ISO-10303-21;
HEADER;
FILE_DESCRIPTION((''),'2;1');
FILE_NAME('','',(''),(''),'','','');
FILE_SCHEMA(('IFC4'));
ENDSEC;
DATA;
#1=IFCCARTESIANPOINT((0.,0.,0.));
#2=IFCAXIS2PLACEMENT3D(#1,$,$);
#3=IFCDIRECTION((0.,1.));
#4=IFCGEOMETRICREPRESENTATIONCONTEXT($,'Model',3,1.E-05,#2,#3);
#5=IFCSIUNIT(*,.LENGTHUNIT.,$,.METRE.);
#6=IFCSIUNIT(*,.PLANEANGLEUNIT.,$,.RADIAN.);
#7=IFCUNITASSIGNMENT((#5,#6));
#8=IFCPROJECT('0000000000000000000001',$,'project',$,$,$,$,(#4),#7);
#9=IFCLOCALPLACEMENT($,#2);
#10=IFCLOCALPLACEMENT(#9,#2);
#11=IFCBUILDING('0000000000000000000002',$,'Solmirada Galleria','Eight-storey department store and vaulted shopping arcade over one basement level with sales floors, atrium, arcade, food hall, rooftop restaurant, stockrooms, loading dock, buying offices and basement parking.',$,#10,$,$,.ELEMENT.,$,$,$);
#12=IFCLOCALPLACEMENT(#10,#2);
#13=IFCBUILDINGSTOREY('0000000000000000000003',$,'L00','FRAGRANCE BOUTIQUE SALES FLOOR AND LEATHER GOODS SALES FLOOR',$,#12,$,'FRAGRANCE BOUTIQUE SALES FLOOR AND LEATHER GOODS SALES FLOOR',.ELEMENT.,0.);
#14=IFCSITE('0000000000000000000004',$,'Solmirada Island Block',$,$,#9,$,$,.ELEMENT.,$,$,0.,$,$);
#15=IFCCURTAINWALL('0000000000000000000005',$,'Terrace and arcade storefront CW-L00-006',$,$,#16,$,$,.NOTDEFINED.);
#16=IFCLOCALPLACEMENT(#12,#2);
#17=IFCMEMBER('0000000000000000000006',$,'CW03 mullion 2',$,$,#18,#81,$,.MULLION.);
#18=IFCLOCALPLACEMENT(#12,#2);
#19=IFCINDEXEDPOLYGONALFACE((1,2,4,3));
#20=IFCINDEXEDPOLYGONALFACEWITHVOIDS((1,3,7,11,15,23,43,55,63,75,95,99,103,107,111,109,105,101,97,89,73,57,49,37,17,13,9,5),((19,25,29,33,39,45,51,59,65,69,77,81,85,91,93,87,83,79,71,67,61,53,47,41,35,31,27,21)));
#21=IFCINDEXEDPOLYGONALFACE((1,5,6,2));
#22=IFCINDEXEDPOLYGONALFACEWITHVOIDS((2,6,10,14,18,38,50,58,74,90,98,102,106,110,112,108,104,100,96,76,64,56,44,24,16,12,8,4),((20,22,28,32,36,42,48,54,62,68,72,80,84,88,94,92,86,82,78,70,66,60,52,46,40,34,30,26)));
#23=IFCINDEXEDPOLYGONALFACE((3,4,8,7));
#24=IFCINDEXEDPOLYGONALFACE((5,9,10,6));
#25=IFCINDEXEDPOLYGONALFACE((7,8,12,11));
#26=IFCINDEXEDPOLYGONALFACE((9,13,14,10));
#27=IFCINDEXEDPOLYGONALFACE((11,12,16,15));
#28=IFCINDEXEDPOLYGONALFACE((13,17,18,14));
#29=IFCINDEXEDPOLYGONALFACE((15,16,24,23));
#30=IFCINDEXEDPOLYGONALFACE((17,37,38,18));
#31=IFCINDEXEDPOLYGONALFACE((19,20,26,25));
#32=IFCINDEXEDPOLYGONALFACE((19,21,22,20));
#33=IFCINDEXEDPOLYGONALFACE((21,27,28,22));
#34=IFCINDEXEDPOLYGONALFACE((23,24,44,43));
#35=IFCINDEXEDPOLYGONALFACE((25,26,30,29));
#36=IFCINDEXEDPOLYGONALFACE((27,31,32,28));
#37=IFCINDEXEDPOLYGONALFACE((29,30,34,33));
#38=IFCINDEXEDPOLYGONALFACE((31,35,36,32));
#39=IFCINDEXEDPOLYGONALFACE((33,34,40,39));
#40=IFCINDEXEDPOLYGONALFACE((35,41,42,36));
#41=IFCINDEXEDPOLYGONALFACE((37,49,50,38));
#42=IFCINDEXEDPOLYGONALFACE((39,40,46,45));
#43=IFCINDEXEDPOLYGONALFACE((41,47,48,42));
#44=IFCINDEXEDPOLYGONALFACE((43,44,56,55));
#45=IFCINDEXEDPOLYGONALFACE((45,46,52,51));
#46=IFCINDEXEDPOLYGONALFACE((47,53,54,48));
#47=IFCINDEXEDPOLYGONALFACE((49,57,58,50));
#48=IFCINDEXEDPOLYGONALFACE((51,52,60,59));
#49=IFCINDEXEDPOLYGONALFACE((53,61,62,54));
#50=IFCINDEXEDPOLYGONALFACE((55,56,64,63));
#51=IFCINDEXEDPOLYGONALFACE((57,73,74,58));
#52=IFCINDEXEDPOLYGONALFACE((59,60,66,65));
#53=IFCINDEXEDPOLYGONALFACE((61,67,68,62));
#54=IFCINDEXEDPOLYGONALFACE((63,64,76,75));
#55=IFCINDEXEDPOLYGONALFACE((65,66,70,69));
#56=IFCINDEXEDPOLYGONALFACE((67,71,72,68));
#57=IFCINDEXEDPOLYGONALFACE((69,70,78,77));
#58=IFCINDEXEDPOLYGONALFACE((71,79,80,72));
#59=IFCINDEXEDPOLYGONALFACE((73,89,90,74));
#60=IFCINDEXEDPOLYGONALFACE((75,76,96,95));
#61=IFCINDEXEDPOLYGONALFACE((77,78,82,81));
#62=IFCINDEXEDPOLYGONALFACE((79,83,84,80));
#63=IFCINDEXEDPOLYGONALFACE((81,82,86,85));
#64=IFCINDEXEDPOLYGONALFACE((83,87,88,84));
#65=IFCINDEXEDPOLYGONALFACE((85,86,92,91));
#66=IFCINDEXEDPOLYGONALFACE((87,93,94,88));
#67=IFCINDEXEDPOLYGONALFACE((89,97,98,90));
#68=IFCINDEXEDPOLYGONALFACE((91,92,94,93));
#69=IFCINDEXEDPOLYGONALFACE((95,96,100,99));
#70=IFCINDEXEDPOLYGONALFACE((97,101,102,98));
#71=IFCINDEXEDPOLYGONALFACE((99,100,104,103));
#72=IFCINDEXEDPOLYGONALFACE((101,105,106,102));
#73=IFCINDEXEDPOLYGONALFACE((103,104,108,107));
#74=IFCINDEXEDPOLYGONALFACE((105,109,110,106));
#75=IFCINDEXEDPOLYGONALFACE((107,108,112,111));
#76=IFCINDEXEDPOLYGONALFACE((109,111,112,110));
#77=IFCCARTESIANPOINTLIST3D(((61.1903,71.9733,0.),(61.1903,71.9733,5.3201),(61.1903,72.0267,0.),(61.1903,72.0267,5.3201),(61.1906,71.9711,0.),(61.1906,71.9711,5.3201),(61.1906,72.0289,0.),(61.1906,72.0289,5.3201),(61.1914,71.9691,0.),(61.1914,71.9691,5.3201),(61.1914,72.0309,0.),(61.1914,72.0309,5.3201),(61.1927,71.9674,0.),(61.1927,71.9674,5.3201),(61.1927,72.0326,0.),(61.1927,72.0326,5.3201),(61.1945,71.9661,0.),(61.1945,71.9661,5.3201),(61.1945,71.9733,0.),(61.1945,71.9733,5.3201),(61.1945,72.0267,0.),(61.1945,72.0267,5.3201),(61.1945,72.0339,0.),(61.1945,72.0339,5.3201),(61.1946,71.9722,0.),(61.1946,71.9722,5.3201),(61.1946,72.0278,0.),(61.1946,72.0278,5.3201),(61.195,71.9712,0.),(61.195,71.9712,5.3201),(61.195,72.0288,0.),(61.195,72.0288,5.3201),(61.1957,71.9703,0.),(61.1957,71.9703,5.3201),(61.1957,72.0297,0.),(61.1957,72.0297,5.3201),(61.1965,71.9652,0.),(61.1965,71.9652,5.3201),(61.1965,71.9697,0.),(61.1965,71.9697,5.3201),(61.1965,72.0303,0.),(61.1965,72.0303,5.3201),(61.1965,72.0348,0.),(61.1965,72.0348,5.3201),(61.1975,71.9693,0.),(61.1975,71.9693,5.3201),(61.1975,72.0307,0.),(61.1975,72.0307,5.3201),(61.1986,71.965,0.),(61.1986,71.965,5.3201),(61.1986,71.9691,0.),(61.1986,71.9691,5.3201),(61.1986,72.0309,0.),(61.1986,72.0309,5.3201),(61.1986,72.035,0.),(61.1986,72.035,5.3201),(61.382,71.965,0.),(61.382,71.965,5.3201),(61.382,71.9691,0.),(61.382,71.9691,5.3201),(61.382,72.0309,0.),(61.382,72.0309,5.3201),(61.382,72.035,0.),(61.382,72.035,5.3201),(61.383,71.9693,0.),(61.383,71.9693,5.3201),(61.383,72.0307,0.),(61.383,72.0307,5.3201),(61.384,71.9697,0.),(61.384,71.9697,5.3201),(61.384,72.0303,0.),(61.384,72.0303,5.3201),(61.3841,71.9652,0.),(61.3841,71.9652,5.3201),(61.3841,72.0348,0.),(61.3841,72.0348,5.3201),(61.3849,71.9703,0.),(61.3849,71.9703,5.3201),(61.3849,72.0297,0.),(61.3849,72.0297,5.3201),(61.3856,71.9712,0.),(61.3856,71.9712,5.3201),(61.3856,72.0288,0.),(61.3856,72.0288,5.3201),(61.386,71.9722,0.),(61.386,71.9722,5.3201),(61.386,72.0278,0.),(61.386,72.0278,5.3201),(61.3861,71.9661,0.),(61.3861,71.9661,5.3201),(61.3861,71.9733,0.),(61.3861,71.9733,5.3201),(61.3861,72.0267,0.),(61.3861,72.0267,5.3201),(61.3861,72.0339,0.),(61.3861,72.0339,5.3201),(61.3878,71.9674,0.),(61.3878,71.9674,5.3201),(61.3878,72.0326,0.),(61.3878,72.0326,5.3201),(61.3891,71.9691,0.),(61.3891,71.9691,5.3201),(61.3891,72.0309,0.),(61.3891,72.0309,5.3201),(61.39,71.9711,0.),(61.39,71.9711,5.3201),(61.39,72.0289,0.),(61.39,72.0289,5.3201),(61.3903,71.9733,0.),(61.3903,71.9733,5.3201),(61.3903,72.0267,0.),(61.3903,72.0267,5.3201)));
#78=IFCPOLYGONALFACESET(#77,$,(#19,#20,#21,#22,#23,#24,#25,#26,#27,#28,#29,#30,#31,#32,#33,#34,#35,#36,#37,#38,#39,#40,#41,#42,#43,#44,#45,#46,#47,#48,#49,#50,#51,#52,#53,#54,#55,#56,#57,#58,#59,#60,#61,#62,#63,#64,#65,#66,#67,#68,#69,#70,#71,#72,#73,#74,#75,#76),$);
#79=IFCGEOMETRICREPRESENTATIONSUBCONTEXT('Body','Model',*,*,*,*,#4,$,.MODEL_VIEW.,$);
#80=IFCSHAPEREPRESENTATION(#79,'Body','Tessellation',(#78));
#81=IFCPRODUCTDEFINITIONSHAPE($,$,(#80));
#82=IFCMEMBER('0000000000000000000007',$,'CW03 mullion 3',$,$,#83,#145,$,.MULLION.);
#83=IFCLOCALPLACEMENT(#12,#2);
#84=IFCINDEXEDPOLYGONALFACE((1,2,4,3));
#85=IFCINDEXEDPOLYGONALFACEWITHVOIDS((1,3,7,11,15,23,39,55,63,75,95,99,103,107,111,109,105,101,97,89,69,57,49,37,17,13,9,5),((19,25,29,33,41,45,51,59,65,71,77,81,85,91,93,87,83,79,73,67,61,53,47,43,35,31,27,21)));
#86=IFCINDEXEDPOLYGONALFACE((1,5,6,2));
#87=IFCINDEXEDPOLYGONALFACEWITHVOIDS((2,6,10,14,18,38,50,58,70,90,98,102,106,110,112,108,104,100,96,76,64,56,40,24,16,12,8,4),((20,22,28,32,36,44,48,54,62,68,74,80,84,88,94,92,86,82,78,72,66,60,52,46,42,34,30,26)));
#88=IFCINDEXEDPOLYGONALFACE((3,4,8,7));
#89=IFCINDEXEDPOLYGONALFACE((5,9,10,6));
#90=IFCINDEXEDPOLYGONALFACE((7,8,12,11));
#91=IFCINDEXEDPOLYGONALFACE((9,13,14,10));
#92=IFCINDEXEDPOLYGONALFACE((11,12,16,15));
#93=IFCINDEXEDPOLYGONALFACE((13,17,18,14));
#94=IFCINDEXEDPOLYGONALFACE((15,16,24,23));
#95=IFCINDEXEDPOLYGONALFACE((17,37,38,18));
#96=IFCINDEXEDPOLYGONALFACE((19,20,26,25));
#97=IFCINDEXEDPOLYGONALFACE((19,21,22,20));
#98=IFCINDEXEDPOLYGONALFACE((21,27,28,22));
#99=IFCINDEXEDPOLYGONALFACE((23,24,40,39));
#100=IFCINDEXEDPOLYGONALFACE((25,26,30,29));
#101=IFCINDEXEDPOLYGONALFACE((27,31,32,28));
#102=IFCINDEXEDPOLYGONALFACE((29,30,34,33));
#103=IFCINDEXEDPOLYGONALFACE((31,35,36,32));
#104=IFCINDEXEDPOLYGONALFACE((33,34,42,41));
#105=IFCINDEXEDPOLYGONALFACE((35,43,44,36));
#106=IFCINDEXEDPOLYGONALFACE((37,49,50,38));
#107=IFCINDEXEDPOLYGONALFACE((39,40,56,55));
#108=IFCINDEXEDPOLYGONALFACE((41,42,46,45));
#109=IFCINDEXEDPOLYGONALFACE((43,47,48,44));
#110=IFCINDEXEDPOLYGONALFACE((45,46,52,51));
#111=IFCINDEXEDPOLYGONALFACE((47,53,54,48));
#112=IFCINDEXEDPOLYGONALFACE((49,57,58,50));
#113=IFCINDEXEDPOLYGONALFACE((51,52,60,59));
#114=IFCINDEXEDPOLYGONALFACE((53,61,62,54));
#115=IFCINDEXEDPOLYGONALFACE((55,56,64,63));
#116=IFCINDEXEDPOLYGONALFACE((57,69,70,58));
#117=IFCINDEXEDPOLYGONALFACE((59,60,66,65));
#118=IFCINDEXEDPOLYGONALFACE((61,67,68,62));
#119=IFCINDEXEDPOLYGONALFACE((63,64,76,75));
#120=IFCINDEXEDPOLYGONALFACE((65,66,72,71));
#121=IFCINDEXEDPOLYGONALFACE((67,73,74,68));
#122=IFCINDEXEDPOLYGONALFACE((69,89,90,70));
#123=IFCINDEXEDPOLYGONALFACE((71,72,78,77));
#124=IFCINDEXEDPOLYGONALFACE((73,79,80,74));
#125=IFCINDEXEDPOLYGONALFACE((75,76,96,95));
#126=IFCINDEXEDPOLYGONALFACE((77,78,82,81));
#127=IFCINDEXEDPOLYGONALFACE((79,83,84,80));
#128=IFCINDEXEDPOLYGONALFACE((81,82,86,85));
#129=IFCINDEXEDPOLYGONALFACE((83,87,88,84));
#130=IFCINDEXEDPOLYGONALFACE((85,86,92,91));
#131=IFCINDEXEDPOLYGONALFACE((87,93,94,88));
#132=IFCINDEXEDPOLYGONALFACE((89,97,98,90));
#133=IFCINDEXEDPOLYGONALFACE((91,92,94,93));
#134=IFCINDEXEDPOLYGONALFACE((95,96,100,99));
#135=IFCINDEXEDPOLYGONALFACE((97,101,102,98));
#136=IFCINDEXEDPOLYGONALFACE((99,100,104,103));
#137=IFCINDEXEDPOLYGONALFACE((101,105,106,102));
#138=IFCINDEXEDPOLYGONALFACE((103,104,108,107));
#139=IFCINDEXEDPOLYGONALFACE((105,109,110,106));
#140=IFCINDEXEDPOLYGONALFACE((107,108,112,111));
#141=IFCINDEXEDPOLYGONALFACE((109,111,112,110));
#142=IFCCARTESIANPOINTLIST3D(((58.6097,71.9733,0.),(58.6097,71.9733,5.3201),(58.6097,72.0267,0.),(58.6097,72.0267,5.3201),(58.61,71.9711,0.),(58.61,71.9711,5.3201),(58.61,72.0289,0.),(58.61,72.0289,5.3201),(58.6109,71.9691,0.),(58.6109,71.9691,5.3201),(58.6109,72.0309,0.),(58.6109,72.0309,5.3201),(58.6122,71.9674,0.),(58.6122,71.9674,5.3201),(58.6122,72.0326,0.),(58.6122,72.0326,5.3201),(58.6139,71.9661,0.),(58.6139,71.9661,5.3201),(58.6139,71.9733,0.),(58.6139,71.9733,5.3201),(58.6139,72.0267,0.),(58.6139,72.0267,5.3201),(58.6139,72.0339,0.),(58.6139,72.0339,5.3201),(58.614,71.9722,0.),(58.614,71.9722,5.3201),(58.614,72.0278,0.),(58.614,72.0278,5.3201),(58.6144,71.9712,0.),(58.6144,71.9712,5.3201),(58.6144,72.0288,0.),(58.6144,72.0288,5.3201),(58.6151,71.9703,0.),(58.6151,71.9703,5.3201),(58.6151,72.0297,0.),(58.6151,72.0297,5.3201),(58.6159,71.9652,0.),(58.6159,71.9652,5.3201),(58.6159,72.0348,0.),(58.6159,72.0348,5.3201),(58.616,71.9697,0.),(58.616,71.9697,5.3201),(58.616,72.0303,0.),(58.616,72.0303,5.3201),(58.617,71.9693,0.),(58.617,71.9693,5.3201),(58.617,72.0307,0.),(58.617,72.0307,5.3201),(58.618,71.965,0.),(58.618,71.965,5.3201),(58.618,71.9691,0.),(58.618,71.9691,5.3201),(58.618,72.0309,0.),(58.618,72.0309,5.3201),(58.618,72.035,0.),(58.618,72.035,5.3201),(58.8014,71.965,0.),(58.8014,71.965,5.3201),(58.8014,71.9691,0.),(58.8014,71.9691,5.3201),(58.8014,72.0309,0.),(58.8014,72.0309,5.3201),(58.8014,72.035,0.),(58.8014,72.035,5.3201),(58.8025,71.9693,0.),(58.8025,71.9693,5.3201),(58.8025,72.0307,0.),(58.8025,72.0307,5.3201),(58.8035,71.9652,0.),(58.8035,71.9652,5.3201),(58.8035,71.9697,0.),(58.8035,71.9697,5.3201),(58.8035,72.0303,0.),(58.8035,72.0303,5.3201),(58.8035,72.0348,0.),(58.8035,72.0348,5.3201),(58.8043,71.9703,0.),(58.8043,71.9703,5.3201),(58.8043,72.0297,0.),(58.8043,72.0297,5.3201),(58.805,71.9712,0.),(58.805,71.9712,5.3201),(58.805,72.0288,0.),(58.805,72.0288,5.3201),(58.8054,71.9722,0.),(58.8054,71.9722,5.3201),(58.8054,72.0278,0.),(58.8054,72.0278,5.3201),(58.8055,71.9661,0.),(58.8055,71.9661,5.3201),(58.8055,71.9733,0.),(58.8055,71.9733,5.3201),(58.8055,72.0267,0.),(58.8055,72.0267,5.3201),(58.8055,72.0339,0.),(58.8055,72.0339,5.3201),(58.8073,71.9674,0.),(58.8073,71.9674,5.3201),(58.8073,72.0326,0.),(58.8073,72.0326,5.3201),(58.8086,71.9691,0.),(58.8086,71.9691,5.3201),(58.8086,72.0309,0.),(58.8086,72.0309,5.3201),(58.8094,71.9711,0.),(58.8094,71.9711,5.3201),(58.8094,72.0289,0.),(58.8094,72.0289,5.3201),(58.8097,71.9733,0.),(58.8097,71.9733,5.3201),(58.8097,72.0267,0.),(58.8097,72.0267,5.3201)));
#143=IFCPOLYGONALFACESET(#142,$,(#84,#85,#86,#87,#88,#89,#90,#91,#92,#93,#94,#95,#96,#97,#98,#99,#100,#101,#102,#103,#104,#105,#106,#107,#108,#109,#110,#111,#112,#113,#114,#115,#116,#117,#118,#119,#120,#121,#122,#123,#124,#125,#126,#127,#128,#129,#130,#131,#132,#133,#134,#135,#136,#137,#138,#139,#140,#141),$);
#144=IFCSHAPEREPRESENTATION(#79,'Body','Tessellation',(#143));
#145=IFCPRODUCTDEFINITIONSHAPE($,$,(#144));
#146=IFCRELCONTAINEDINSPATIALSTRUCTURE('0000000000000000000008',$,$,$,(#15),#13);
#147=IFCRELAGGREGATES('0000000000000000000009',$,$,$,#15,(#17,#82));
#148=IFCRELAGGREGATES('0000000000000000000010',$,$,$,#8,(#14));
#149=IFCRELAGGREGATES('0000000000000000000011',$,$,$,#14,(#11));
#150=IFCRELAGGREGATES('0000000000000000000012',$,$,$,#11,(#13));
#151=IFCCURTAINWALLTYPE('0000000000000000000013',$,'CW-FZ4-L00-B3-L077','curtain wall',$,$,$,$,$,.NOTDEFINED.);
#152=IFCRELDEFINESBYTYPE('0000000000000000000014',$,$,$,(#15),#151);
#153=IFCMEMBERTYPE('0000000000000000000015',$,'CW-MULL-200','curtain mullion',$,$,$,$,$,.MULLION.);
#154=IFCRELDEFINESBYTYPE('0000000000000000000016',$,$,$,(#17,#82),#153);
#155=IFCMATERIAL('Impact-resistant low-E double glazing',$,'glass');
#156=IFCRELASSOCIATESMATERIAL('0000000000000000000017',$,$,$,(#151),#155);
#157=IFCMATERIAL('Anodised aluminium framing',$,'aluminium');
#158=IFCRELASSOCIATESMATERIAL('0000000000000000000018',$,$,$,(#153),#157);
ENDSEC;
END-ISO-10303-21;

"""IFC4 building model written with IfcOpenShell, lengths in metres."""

from ifc_helpers import new_model, si_unit, direction, frame, origin, origin_2d, place, context, subcontext, project, spatial, hollow_rectangle, extrude, material, material_profile, profile_set, type_object, element, aggregate, save


model = new_model("IFC4")

# Units and contexts
model_context = context("Model", 3, precision=1e-05, world=origin(), true_north=direction((0.0, 1.0)))
body_context = subcontext(model_context, "Body", "Model", "MODEL_VIEW")
ifc_project = project(units=[si_unit("LENGTHUNIT", "METRE"), si_unit("PLANEANGLEUNIT", "RADIAN")], contexts=[model_context])

# Site, building, storey
site_placement = place(None, origin())
site = spatial("IfcSite", under=ifc_project, at=site_placement, Name="Solmirada Island Block", CompositionType="ELEMENT", RefElevation=0.0)
building_placement = place(site_placement, origin())
building = spatial("IfcBuilding", under=site, at=building_placement, Name="Solmirada Galleria", Description="Eight-storey department store and vaulted shopping arcade over one basement level with sales floors, atrium, arcade, food hall, rooftop restaurant, stockrooms, loading dock, buying offices and basement parking.", CompositionType="ELEMENT")
storey_placement = place(building_placement, origin())
storey = spatial("IfcBuildingStorey", under=building, at=storey_placement, Name="L00", Description="FRAGRANCE BOUTIQUE SALES FLOOR AND LEATHER GOODS SALES FLOOR", LongName="FRAGRANCE BOUTIQUE SALES FLOOR AND LEATHER GOODS SALES FLOOR", CompositionType="ELEMENT", Elevation=0.0)

# Curtain wall, members
ifc_material_1 = material(Name="Impact-resistant low-E double glazing", Category="glass")
curtain_wall_type_1 = type_object("IfcCurtainWallType", Name="CW-FZ4-L00-B3-L077", Description="curtain wall", PredefinedType="NOTDEFINED", material=ifc_material_1)
curtain_wall_1_placement = place(storey_placement, origin())
curtain_wall_1 = element("IfcCurtainWall", 1, at=curtain_wall_1_placement, inside=storey, type_object=curtain_wall_type_1, Name="Terrace and arcade storefront CW-L00-006", PredefinedType="NOTDEFINED")
ifc_material_2 = material(Name="Anodised aluminium framing", Category="aluminium")
ifc_material_profile_1 = material_profile(ifc_material_2, hollow_rectangle(XDim=0.0701, YDim=0.2, WallThickness=0.0042, InnerFilletRadius=0.0042, OuterFilletRadius=0.0083, at=origin_2d()), Name="ALU-MULL-200X70")
ifc_profile_set_1 = profile_set([ifc_material_profile_1], Name="Anodised aluminium framing")
member_type_1 = type_object("IfcMemberType", Name="CW-MULL-200", Description="curtain mullion", PredefinedType="MULLION", material=ifc_profile_set_1)
member_1_placement = place(storey_placement, frame((61.2903, 72.0, 0.0), z_axis=(0.0, 0.0, 1.0), x_axis=(0.0, -1.0, 0.0)))
member_1 = element("IfcMember", 2, at=member_1_placement, type_object=member_type_1, Name="CW03 mullion 2", PredefinedType="MULLION", context=body_context, shape_type="SweptSolid", body=[
    extrude(hollow_rectangle(XDim=0.0701, YDim=0.2, WallThickness=0.0042, InnerFilletRadius=0.0042, OuterFilletRadius=0.0083, at=origin_2d()), origin(), (0.0, 0.0, 1.0), 5.3201),
])
member_2_placement = place(storey_placement, frame((58.7097, 72.0, 0.0), z_axis=(0.0, 0.0, 1.0), x_axis=(0.0, -1.0, 0.0)))
member_2 = element("IfcMember", 3, at=member_2_placement, type_object=member_type_1, Name="CW03 mullion 3", PredefinedType="MULLION", context=body_context, shape_type="SweptSolid", body=[
    extrude(hollow_rectangle(XDim=0.0701, YDim=0.2, WallThickness=0.0042, InnerFilletRadius=0.0042, OuterFilletRadius=0.0083, at=origin_2d()), origin(), (0.0, 0.0, 1.0), 5.3201),
])

aggregate(curtain_wall_1, [member_1, member_2])

save(model, "model.ifc")
